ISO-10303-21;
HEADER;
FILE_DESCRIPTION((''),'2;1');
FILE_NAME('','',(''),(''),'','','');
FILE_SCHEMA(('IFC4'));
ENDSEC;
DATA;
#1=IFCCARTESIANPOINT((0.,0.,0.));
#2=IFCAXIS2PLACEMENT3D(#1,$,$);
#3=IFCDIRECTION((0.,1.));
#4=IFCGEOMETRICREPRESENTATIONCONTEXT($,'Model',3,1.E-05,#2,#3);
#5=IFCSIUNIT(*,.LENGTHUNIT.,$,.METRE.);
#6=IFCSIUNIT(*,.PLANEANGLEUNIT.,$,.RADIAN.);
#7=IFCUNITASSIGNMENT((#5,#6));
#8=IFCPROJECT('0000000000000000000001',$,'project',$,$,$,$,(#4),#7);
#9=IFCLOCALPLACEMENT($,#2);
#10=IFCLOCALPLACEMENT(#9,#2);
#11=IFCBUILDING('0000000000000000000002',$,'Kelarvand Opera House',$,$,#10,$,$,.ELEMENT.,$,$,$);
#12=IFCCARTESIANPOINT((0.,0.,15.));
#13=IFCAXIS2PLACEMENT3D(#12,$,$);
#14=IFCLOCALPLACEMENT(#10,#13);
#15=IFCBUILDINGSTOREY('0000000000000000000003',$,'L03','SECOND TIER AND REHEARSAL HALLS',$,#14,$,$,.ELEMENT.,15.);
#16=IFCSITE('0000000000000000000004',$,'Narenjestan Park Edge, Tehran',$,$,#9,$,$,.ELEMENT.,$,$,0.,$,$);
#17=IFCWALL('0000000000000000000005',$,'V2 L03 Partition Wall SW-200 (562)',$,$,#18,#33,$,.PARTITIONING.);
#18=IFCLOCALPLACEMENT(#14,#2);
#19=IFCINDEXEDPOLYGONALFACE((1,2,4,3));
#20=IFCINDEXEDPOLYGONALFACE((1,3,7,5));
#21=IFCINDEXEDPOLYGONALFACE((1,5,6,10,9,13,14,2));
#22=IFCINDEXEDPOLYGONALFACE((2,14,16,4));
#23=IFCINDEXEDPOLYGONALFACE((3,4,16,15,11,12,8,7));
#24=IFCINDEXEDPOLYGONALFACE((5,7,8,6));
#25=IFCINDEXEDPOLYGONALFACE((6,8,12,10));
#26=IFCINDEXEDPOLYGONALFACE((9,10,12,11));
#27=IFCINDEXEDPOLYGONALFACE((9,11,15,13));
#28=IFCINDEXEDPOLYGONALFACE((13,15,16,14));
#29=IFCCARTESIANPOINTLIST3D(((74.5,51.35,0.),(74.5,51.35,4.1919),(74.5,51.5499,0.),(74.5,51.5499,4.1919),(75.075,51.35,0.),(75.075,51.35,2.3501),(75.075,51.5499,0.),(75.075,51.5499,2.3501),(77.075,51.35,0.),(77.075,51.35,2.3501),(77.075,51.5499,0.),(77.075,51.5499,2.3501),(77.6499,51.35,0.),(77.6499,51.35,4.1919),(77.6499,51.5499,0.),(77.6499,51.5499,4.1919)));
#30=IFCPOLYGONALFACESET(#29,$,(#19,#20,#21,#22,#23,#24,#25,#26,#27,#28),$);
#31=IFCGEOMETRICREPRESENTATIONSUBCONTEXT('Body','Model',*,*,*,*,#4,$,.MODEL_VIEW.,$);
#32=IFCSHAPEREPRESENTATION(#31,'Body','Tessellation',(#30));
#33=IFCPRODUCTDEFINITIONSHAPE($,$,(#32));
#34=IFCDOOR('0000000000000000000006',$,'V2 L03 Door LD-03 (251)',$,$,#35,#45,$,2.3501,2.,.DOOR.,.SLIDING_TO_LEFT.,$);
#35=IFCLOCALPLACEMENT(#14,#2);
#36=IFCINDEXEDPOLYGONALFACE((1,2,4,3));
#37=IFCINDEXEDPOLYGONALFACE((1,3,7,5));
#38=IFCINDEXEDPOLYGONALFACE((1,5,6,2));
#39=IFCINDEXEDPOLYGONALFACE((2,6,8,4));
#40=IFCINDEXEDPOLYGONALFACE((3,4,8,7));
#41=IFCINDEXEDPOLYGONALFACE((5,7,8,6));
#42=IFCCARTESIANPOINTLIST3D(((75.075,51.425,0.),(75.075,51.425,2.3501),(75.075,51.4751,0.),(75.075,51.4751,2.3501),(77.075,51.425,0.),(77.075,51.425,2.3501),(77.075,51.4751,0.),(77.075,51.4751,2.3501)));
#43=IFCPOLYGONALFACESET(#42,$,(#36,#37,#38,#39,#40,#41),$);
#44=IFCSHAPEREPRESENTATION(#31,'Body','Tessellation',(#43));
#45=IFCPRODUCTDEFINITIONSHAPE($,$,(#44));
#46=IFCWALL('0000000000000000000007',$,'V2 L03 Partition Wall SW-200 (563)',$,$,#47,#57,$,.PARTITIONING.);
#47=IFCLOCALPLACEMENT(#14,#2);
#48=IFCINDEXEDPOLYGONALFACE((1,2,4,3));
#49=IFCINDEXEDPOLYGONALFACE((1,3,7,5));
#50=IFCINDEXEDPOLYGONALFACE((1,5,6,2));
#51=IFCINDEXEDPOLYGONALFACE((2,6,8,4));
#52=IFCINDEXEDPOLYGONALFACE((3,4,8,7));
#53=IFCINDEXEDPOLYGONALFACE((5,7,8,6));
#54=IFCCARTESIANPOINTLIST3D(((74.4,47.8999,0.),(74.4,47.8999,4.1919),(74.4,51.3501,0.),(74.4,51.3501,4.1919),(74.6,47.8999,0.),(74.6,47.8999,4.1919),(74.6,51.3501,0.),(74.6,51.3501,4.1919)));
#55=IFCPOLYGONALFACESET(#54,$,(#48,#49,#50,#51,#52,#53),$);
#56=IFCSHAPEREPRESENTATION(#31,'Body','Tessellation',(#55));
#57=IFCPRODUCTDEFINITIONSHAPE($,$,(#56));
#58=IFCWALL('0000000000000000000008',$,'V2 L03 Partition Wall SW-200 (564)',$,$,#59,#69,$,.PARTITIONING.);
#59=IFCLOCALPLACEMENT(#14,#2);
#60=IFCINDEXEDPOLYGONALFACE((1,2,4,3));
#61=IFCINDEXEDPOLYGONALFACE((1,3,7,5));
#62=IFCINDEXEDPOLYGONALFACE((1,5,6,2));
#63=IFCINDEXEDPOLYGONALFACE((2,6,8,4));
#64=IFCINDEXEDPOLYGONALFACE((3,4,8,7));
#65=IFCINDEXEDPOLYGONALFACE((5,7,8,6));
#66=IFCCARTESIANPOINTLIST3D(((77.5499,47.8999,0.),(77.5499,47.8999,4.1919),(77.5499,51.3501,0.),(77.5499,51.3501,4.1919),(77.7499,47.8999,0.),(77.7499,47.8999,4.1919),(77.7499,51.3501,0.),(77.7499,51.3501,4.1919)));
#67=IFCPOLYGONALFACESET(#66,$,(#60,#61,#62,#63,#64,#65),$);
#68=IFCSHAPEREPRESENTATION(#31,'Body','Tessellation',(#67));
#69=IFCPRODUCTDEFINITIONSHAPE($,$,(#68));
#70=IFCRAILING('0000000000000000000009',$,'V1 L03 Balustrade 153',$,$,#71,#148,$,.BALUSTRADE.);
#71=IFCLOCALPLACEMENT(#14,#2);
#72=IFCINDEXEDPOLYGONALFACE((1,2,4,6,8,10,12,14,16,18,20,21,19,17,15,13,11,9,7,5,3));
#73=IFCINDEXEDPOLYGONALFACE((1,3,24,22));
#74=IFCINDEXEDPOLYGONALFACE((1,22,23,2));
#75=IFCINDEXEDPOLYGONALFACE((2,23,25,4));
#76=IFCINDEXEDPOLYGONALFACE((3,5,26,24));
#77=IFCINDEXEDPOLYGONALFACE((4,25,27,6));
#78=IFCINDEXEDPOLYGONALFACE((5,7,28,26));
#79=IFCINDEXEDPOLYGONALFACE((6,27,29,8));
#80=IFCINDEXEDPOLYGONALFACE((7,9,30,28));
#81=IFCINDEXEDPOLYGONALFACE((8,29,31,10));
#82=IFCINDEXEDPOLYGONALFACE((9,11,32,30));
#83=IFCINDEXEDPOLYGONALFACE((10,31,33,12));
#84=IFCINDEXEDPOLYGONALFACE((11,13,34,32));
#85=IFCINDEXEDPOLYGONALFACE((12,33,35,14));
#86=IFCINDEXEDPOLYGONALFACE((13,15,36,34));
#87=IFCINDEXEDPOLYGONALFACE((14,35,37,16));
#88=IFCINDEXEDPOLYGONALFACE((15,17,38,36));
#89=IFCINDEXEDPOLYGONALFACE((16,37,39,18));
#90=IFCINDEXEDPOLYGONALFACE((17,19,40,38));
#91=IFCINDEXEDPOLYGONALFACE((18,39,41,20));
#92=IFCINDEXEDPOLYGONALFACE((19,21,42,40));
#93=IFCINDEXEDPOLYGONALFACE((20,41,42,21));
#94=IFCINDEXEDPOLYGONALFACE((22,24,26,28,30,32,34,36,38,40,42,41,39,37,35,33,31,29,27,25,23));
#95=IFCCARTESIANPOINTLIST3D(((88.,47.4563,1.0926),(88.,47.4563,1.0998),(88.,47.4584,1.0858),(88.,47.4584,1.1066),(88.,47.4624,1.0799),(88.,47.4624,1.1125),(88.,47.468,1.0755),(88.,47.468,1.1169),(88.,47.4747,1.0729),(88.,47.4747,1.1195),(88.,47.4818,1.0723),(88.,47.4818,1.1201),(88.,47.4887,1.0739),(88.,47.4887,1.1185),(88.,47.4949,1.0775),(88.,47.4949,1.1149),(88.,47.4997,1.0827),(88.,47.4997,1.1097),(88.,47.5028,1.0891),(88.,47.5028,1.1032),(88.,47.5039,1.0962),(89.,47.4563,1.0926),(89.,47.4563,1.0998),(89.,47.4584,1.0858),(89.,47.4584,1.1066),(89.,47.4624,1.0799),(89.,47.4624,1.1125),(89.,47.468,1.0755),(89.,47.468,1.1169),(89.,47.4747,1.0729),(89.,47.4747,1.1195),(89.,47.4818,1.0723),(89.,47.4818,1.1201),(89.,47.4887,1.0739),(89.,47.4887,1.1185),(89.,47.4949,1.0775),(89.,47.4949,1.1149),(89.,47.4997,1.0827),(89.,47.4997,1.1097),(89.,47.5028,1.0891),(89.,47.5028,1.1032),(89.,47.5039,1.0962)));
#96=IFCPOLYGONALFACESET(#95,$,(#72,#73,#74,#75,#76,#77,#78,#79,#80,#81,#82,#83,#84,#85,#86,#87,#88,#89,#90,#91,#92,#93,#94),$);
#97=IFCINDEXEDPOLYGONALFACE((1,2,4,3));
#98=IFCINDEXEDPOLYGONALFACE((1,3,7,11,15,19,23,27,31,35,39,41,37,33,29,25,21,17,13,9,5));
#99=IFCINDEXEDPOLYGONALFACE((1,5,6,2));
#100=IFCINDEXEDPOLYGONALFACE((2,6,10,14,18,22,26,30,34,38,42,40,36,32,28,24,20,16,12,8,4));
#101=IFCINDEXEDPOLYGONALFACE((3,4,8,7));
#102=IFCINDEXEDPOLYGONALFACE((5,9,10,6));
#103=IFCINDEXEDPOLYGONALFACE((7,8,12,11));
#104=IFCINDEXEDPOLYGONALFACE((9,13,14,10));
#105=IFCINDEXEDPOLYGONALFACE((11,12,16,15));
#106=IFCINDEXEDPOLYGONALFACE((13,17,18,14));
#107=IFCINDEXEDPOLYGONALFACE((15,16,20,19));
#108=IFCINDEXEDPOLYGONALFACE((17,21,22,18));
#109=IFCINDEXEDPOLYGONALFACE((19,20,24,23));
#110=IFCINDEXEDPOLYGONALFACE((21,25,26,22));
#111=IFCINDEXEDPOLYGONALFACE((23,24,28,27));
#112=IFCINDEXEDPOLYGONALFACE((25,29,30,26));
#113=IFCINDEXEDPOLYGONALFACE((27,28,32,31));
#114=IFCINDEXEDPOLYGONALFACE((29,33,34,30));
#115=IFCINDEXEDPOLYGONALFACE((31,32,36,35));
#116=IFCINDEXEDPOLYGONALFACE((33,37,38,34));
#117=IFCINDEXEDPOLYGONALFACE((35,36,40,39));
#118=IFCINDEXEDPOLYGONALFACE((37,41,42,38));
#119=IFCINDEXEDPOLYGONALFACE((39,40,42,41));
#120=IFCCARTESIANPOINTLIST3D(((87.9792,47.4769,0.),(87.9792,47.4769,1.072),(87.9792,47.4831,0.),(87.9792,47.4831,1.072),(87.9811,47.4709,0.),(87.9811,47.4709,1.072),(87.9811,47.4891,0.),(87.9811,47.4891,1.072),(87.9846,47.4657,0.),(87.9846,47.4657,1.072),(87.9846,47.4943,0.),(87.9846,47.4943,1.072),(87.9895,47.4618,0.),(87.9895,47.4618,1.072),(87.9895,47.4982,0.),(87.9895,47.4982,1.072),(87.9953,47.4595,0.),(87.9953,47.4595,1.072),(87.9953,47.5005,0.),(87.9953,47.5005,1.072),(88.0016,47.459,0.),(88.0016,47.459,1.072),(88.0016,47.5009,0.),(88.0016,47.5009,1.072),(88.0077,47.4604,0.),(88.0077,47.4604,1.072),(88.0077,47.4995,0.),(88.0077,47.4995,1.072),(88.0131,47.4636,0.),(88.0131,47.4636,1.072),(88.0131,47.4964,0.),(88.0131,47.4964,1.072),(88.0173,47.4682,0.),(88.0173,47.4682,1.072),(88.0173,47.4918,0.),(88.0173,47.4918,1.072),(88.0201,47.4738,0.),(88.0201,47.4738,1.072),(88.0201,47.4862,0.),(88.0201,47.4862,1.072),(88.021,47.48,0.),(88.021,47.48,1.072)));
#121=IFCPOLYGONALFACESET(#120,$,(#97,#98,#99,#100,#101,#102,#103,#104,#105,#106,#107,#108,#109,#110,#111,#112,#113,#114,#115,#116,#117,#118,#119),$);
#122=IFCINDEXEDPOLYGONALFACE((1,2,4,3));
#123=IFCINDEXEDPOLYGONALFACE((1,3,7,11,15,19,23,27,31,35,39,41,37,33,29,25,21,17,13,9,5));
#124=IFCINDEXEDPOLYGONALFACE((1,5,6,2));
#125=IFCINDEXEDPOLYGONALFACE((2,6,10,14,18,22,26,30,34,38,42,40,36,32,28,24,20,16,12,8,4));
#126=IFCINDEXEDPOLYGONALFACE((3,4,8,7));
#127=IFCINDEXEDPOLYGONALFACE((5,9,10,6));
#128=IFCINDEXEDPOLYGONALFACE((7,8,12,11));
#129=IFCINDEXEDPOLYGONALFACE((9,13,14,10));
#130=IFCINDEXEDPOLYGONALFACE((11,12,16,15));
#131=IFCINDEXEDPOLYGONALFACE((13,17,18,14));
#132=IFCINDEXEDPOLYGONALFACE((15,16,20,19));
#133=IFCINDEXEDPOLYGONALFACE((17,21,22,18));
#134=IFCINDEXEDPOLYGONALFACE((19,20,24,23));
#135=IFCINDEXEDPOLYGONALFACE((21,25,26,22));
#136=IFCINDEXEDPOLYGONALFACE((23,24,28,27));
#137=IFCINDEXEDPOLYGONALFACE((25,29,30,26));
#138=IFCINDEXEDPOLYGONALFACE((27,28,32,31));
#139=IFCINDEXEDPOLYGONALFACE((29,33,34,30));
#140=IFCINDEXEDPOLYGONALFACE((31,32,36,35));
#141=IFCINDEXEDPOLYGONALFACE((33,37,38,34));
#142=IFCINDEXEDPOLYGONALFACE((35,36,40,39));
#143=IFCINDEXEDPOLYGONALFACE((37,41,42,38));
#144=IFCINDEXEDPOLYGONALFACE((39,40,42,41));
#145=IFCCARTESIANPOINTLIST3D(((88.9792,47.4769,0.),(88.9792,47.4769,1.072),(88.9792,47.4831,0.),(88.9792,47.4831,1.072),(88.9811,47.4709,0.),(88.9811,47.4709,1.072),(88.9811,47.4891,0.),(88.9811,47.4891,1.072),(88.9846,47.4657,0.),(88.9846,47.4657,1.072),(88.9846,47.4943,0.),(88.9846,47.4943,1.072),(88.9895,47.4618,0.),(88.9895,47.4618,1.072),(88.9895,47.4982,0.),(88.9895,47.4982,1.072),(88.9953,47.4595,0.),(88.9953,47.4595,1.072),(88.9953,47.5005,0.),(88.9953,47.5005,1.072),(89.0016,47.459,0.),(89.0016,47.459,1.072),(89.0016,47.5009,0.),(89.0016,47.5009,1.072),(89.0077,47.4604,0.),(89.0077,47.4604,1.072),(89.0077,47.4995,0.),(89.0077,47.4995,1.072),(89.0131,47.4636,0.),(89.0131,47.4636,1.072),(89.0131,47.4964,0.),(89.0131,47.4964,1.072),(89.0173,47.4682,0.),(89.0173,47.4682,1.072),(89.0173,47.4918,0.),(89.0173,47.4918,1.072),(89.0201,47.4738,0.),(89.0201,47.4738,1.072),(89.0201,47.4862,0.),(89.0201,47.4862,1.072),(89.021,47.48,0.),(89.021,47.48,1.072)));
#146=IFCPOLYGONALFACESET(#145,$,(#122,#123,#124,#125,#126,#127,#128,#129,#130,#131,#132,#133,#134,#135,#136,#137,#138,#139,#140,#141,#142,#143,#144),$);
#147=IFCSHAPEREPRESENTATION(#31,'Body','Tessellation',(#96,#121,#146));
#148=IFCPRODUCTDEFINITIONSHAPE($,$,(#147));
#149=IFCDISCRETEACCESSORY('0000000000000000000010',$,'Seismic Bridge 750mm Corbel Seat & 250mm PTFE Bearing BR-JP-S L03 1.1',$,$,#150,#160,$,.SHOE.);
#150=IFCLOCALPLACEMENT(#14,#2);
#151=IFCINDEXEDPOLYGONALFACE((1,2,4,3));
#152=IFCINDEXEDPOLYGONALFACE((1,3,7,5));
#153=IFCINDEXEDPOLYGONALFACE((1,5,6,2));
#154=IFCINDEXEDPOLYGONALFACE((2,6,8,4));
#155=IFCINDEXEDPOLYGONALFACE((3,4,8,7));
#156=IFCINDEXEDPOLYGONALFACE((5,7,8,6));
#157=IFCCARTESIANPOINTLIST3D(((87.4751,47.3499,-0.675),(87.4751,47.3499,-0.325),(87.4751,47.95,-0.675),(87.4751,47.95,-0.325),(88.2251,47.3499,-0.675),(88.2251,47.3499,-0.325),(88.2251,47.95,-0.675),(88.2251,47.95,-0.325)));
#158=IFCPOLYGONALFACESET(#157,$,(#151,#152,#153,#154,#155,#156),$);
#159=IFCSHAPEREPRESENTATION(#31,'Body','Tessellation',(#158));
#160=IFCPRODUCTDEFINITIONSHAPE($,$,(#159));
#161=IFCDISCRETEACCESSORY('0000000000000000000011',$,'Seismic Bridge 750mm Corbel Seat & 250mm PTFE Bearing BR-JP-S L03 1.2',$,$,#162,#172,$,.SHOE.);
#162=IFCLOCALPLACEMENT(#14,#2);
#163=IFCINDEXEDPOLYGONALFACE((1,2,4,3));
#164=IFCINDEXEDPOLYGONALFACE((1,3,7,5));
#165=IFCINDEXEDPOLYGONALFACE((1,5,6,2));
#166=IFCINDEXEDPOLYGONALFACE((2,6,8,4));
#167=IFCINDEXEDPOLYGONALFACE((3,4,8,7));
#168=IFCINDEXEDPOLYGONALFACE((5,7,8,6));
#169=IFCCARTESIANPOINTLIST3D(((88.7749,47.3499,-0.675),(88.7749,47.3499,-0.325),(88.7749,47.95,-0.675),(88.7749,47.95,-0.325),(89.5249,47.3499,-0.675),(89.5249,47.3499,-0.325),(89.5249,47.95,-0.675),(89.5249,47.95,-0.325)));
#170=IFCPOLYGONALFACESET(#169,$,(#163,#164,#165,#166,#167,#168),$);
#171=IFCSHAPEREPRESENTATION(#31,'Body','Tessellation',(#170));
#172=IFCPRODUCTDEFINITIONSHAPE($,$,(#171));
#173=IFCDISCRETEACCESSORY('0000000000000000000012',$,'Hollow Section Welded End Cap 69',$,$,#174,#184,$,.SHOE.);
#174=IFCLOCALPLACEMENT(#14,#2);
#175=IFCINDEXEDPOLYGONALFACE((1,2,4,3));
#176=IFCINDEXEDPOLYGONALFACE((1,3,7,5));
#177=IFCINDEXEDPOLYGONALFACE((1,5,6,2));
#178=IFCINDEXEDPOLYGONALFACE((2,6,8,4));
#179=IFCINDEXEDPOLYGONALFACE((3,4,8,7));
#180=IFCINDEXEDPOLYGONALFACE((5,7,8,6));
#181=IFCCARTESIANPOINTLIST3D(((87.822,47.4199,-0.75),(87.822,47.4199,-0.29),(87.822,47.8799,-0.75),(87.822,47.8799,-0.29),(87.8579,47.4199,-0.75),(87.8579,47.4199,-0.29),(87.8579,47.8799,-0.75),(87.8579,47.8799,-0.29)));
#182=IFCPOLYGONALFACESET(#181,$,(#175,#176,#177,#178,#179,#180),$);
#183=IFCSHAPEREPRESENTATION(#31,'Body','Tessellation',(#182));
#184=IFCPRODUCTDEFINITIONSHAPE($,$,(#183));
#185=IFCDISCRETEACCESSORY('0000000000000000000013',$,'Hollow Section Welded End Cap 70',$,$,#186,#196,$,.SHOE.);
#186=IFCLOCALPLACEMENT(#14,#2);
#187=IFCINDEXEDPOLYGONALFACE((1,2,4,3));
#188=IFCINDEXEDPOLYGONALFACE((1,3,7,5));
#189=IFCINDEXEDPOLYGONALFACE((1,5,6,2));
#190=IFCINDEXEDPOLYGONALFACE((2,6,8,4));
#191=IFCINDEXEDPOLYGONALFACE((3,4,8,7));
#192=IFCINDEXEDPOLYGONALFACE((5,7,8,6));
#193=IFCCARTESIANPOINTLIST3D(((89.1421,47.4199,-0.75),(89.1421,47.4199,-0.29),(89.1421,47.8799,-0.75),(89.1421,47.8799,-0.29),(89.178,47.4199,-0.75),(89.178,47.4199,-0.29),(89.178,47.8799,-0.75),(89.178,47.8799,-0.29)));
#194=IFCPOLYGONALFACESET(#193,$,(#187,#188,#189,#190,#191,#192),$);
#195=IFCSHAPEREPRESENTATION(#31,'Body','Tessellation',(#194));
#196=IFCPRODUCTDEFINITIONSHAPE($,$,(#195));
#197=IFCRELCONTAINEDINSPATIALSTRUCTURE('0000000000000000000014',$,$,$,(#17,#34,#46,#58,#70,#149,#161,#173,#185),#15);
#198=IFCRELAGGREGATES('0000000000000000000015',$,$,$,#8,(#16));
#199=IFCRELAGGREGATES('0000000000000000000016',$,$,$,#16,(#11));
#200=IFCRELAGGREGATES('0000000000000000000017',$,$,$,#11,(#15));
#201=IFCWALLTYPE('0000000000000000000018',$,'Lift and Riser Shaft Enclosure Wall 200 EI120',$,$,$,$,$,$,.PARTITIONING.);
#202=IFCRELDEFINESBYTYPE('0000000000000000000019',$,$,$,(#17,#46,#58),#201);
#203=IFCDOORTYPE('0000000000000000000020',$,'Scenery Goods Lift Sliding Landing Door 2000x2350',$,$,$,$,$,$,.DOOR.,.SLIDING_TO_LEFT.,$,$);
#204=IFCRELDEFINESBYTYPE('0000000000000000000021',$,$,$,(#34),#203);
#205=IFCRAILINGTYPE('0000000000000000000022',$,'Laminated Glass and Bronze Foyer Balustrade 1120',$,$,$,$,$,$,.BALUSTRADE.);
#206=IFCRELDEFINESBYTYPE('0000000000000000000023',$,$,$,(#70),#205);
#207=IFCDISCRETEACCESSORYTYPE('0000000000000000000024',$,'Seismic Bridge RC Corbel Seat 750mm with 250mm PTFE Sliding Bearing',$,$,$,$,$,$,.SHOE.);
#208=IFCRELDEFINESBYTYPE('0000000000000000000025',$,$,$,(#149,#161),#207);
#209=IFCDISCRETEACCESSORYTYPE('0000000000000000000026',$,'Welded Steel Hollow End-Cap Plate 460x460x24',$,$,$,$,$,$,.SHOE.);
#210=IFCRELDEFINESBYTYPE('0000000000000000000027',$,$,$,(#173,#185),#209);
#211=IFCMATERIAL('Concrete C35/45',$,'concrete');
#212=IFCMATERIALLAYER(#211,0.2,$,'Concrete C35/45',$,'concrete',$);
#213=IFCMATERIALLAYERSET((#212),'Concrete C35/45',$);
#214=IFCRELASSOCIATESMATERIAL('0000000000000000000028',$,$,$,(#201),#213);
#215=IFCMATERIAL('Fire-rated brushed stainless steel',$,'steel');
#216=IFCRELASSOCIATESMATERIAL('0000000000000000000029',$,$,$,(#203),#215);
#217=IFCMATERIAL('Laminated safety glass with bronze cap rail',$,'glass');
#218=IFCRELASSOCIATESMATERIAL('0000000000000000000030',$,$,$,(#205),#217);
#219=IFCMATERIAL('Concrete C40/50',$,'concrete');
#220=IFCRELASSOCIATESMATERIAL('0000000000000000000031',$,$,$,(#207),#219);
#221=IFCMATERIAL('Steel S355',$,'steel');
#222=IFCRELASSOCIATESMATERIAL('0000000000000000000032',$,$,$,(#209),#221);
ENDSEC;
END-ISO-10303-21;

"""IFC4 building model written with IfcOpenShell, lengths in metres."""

from ifc_helpers import new_model, si_unit, direction, frame, frame_2d, origin, origin_2d, place, context, subcontext, project, spatial, rectangle, circle, extrude, material, layer, layer_set, material_profile, profile_set, type_object, element, fill, save


model = new_model("IFC4")

# Units and contexts
model_context = context("Model", 3, precision=1e-05, world=origin(), true_north=direction((0.0, 1.0)))
body_context = subcontext(model_context, "Body", "Model", "MODEL_VIEW")
ifc_project = project(units=[si_unit("LENGTHUNIT", "METRE"), si_unit("PLANEANGLEUNIT", "RADIAN")], contexts=[model_context])

# Site, building, storey
site_placement = place(None, origin())
site = spatial("IfcSite", under=ifc_project, at=site_placement, Name="Narenjestan Park Edge, Tehran", CompositionType="ELEMENT", RefElevation=0.0)
building_placement = place(site_placement, origin())
building = spatial("IfcBuilding", under=site, at=building_placement, Name="Kelarvand Opera House", CompositionType="ELEMENT")
storey_placement = place(building_placement, frame((0.0, 0.0, 15.0)))
storey = spatial("IfcBuildingStorey", under=building, at=storey_placement, Name="L03", Description="SECOND TIER AND REHEARSAL HALLS", CompositionType="ELEMENT", Elevation=15.0)

# Shared definitions
ifc_material_1 = material(Name="Concrete C40/50", Category="concrete")
ifc_material_2 = material(Name="Steel S355", Category="steel")

# Shared definitions
ifc_material_3 = material(Name="Concrete C35/45", Category="concrete")

# Shared definitions
ifc_layer_1 = layer(ifc_material_3, 0.2, Name="Concrete C35/45", Category="concrete")
ifc_layer_set_1 = layer_set([ifc_layer_1], Name="Concrete C35/45")
wall_type_1 = type_object("IfcWallType", Name="Lift and Riser Shaft Enclosure Wall 200 EI120", PredefinedType="PARTITIONING", material=ifc_layer_set_1)

# Wall, opening, door
wall_1_placement = place(storey_placement, frame((77.6499, 51.45, 0.0), z_axis=(0.0, 0.0, 1.0), x_axis=(-1.0, 0.0, 0.0)))
wall_1 = element("IfcWall", 1, at=wall_1_placement, inside=storey, type_object=wall_type_1, Name="V2 L03 Partition Wall SW-200 (562)", PredefinedType="PARTITIONING", context=body_context, shape_type="SweptSolid", body=[
    extrude(rectangle(XDim=3.1499, YDim=0.2, at=frame_2d((1.575, 0.0))), origin(), (0.0, 0.0, 1.0), 4.1919),
])
opening_1_placement = place(wall_1_placement, frame((0.575, 0.0, 0.0)))
opening_1 = element("IfcOpeningElement", 2, at=opening_1_placement, cuts=wall_1, PredefinedType="OPENING", context=body_context, shape_type="SweptSolid", body=[
    extrude(rectangle(XDim=2.0, YDim=2.3501, at=frame_2d((1.0, 1.175))), frame((0.0, 0.1099, 0.0), z_axis=(0.0, -1.0, 0.0), x_axis=(1.0, 0.0, 0.0)), (0.0, 0.0, 1.0), 0.22),
])
ifc_material_4 = material(Name="Fire-rated brushed stainless steel", Category="steel")
door_type_1 = type_object("IfcDoorType", Name="Scenery Goods Lift Sliding Landing Door 2000x2350", OperationType="SLIDING_TO_LEFT", PredefinedType="DOOR", material=ifc_material_4)
door_1_placement = place(opening_1_placement, origin())
door_1 = element("IfcDoor", 3, at=door_1_placement, inside=storey, type_object=door_type_1, Name="V2 L03 Door LD-03 (251)", OperationType="SLIDING_TO_LEFT", OverallHeight=2.3501, OverallWidth=2.0, PredefinedType="DOOR", context=body_context, shape_type="SweptSolid", body=[
    extrude(rectangle(XDim=2.0, YDim=2.3501, at=frame_2d((1.0, 1.175))), frame((0.0, 0.0249, 0.0), z_axis=(0.0, -1.0, 0.0), x_axis=(1.0, 0.0, 0.0)), (0.0, 0.0, 1.0), 0.05),
])
fill(opening_1, door_1)

# Walls
for number, where, z_axis, x_axis, name in (
    (4, (74.5, 47.8999, 0.0), (0.0, 0.0, 1.0), (0.0, 1.0, 0.0), "V2 L03 Partition Wall SW-200 (563)"),
    (5, (77.6499, 51.3501, 0.0), (0.0, 0.0, 1.0), (0.0, -1.0, 0.0), "V2 L03 Partition Wall SW-200 (564)"),
):
    element("IfcWall", number, at=place(storey_placement, frame(where, z_axis=z_axis, x_axis=x_axis)), inside=storey, type_object=wall_type_1, Name=name, PredefinedType="PARTITIONING", context=body_context, shape_type="SweptSolid", body=[
        extrude(rectangle(XDim=3.4502, YDim=0.2, at=frame_2d((1.7251, 0.0))), origin(), (0.0, 0.0, 1.0), 4.1919),
    ])

# Railing
ifc_material_5 = material(Name="Laminated safety glass with bronze cap rail", Category="glass")
railing_type = type_object("IfcRailingType", Name="Laminated Glass and Bronze Foyer Balustrade 1120", PredefinedType="BALUSTRADE", material=ifc_material_5)
railing_placement = place(storey_placement, frame((88.0, 47.48, 0.0)))
element("IfcRailing", 6, at=railing_placement, inside=storey, type_object=railing_type, Name="V1 L03 Balustrade 153", PredefinedType="BALUSTRADE", context=body_context, shape_type="SweptSolid", body=[
    extrude(circle(Radius=0.0239, at=origin_2d()), frame((0.0, 0.0, 1.0962), z_axis=(1.0, 0.0, 0.0), x_axis=(0.0, 1.0, 0.0)), (0.0, 0.0, 1.0), 1.0),
    extrude(circle(Radius=0.021, at=origin_2d()), origin(), (0.0, 0.0, 1.0), 1.072),
    extrude(circle(Radius=0.021, at=origin_2d()), frame((1.0, 0.0, 0.0)), (0.0, 0.0, 1.0), 1.072),
])

# Discrete accessories
discrete_accessory_type_1 = type_object("IfcDiscreteAccessoryType", Name="Seismic Bridge RC Corbel Seat 750mm with 250mm PTFE Sliding Bearing", PredefinedType="SHOE", material=ifc_material_1)
for number, where, z_axis, x_axis, name in (
    (7, (87.8501, 47.6499, -0.675), (0.0, 0.0, 1.0), (1.0, 0.0, 0.0), "Seismic Bridge 750mm Corbel Seat & 250mm PTFE Bearing BR-JP-S L03 1.1"),
    (8, (89.1499, 47.6499, -0.675), (0.0, 0.0, 1.0), (1.0, 0.0, 0.0), "Seismic Bridge 750mm Corbel Seat & 250mm PTFE Bearing BR-JP-S L03 1.2"),
):
    element("IfcDiscreteAccessory", number, at=place(storey_placement, frame(where, z_axis=z_axis, x_axis=x_axis)), inside=storey, type_object=discrete_accessory_type_1, Name=name, PredefinedType="SHOE", context=body_context, shape_type="SweptSolid", body=[
        extrude(rectangle(XDim=0.75, YDim=0.6001, at=origin_2d()), origin(), (0.0, 0.0, 1.0), 0.3501),
    ])
ifc_material_profile_1 = material_profile(ifc_material_2, rectangle(XDim=0.46, YDim=0.46, at=origin_2d()), Name="Welded Steel Hollow End-Cap Plate 460x460x24", Category="steel")
ifc_profile_set_1 = profile_set([ifc_material_profile_1], Name="Steel S355")
discrete_accessory_type_2 = type_object("IfcDiscreteAccessoryType", Name="Welded Steel Hollow End-Cap Plate 460x460x24", PredefinedType="SHOE", material=ifc_profile_set_1)
for number, where, z_axis, x_axis, name in (
    (9, (87.8579, 47.6499, -0.52), (-1.0, 0.0, 0.0), (0.0, -1.0, 0.0), "Hollow Section Welded End Cap 69"),
    (10, (89.1421, 47.6499, -0.52), (1.0, 0.0, 0.0), (0.0, 1.0, 0.0), "Hollow Section Welded End Cap 70"),
):
    element("IfcDiscreteAccessory", number, at=place(storey_placement, frame(where, z_axis=z_axis, x_axis=x_axis)), inside=storey, type_object=discrete_accessory_type_2, Name=name, PredefinedType="SHOE", context=body_context, shape_type="SweptSolid", body=[
        extrude(rectangle(XDim=0.46, YDim=0.46, at=origin_2d()), origin(), (0.0, 0.0, 1.0), 0.0359),
    ])

save(model, "model.ifc")
